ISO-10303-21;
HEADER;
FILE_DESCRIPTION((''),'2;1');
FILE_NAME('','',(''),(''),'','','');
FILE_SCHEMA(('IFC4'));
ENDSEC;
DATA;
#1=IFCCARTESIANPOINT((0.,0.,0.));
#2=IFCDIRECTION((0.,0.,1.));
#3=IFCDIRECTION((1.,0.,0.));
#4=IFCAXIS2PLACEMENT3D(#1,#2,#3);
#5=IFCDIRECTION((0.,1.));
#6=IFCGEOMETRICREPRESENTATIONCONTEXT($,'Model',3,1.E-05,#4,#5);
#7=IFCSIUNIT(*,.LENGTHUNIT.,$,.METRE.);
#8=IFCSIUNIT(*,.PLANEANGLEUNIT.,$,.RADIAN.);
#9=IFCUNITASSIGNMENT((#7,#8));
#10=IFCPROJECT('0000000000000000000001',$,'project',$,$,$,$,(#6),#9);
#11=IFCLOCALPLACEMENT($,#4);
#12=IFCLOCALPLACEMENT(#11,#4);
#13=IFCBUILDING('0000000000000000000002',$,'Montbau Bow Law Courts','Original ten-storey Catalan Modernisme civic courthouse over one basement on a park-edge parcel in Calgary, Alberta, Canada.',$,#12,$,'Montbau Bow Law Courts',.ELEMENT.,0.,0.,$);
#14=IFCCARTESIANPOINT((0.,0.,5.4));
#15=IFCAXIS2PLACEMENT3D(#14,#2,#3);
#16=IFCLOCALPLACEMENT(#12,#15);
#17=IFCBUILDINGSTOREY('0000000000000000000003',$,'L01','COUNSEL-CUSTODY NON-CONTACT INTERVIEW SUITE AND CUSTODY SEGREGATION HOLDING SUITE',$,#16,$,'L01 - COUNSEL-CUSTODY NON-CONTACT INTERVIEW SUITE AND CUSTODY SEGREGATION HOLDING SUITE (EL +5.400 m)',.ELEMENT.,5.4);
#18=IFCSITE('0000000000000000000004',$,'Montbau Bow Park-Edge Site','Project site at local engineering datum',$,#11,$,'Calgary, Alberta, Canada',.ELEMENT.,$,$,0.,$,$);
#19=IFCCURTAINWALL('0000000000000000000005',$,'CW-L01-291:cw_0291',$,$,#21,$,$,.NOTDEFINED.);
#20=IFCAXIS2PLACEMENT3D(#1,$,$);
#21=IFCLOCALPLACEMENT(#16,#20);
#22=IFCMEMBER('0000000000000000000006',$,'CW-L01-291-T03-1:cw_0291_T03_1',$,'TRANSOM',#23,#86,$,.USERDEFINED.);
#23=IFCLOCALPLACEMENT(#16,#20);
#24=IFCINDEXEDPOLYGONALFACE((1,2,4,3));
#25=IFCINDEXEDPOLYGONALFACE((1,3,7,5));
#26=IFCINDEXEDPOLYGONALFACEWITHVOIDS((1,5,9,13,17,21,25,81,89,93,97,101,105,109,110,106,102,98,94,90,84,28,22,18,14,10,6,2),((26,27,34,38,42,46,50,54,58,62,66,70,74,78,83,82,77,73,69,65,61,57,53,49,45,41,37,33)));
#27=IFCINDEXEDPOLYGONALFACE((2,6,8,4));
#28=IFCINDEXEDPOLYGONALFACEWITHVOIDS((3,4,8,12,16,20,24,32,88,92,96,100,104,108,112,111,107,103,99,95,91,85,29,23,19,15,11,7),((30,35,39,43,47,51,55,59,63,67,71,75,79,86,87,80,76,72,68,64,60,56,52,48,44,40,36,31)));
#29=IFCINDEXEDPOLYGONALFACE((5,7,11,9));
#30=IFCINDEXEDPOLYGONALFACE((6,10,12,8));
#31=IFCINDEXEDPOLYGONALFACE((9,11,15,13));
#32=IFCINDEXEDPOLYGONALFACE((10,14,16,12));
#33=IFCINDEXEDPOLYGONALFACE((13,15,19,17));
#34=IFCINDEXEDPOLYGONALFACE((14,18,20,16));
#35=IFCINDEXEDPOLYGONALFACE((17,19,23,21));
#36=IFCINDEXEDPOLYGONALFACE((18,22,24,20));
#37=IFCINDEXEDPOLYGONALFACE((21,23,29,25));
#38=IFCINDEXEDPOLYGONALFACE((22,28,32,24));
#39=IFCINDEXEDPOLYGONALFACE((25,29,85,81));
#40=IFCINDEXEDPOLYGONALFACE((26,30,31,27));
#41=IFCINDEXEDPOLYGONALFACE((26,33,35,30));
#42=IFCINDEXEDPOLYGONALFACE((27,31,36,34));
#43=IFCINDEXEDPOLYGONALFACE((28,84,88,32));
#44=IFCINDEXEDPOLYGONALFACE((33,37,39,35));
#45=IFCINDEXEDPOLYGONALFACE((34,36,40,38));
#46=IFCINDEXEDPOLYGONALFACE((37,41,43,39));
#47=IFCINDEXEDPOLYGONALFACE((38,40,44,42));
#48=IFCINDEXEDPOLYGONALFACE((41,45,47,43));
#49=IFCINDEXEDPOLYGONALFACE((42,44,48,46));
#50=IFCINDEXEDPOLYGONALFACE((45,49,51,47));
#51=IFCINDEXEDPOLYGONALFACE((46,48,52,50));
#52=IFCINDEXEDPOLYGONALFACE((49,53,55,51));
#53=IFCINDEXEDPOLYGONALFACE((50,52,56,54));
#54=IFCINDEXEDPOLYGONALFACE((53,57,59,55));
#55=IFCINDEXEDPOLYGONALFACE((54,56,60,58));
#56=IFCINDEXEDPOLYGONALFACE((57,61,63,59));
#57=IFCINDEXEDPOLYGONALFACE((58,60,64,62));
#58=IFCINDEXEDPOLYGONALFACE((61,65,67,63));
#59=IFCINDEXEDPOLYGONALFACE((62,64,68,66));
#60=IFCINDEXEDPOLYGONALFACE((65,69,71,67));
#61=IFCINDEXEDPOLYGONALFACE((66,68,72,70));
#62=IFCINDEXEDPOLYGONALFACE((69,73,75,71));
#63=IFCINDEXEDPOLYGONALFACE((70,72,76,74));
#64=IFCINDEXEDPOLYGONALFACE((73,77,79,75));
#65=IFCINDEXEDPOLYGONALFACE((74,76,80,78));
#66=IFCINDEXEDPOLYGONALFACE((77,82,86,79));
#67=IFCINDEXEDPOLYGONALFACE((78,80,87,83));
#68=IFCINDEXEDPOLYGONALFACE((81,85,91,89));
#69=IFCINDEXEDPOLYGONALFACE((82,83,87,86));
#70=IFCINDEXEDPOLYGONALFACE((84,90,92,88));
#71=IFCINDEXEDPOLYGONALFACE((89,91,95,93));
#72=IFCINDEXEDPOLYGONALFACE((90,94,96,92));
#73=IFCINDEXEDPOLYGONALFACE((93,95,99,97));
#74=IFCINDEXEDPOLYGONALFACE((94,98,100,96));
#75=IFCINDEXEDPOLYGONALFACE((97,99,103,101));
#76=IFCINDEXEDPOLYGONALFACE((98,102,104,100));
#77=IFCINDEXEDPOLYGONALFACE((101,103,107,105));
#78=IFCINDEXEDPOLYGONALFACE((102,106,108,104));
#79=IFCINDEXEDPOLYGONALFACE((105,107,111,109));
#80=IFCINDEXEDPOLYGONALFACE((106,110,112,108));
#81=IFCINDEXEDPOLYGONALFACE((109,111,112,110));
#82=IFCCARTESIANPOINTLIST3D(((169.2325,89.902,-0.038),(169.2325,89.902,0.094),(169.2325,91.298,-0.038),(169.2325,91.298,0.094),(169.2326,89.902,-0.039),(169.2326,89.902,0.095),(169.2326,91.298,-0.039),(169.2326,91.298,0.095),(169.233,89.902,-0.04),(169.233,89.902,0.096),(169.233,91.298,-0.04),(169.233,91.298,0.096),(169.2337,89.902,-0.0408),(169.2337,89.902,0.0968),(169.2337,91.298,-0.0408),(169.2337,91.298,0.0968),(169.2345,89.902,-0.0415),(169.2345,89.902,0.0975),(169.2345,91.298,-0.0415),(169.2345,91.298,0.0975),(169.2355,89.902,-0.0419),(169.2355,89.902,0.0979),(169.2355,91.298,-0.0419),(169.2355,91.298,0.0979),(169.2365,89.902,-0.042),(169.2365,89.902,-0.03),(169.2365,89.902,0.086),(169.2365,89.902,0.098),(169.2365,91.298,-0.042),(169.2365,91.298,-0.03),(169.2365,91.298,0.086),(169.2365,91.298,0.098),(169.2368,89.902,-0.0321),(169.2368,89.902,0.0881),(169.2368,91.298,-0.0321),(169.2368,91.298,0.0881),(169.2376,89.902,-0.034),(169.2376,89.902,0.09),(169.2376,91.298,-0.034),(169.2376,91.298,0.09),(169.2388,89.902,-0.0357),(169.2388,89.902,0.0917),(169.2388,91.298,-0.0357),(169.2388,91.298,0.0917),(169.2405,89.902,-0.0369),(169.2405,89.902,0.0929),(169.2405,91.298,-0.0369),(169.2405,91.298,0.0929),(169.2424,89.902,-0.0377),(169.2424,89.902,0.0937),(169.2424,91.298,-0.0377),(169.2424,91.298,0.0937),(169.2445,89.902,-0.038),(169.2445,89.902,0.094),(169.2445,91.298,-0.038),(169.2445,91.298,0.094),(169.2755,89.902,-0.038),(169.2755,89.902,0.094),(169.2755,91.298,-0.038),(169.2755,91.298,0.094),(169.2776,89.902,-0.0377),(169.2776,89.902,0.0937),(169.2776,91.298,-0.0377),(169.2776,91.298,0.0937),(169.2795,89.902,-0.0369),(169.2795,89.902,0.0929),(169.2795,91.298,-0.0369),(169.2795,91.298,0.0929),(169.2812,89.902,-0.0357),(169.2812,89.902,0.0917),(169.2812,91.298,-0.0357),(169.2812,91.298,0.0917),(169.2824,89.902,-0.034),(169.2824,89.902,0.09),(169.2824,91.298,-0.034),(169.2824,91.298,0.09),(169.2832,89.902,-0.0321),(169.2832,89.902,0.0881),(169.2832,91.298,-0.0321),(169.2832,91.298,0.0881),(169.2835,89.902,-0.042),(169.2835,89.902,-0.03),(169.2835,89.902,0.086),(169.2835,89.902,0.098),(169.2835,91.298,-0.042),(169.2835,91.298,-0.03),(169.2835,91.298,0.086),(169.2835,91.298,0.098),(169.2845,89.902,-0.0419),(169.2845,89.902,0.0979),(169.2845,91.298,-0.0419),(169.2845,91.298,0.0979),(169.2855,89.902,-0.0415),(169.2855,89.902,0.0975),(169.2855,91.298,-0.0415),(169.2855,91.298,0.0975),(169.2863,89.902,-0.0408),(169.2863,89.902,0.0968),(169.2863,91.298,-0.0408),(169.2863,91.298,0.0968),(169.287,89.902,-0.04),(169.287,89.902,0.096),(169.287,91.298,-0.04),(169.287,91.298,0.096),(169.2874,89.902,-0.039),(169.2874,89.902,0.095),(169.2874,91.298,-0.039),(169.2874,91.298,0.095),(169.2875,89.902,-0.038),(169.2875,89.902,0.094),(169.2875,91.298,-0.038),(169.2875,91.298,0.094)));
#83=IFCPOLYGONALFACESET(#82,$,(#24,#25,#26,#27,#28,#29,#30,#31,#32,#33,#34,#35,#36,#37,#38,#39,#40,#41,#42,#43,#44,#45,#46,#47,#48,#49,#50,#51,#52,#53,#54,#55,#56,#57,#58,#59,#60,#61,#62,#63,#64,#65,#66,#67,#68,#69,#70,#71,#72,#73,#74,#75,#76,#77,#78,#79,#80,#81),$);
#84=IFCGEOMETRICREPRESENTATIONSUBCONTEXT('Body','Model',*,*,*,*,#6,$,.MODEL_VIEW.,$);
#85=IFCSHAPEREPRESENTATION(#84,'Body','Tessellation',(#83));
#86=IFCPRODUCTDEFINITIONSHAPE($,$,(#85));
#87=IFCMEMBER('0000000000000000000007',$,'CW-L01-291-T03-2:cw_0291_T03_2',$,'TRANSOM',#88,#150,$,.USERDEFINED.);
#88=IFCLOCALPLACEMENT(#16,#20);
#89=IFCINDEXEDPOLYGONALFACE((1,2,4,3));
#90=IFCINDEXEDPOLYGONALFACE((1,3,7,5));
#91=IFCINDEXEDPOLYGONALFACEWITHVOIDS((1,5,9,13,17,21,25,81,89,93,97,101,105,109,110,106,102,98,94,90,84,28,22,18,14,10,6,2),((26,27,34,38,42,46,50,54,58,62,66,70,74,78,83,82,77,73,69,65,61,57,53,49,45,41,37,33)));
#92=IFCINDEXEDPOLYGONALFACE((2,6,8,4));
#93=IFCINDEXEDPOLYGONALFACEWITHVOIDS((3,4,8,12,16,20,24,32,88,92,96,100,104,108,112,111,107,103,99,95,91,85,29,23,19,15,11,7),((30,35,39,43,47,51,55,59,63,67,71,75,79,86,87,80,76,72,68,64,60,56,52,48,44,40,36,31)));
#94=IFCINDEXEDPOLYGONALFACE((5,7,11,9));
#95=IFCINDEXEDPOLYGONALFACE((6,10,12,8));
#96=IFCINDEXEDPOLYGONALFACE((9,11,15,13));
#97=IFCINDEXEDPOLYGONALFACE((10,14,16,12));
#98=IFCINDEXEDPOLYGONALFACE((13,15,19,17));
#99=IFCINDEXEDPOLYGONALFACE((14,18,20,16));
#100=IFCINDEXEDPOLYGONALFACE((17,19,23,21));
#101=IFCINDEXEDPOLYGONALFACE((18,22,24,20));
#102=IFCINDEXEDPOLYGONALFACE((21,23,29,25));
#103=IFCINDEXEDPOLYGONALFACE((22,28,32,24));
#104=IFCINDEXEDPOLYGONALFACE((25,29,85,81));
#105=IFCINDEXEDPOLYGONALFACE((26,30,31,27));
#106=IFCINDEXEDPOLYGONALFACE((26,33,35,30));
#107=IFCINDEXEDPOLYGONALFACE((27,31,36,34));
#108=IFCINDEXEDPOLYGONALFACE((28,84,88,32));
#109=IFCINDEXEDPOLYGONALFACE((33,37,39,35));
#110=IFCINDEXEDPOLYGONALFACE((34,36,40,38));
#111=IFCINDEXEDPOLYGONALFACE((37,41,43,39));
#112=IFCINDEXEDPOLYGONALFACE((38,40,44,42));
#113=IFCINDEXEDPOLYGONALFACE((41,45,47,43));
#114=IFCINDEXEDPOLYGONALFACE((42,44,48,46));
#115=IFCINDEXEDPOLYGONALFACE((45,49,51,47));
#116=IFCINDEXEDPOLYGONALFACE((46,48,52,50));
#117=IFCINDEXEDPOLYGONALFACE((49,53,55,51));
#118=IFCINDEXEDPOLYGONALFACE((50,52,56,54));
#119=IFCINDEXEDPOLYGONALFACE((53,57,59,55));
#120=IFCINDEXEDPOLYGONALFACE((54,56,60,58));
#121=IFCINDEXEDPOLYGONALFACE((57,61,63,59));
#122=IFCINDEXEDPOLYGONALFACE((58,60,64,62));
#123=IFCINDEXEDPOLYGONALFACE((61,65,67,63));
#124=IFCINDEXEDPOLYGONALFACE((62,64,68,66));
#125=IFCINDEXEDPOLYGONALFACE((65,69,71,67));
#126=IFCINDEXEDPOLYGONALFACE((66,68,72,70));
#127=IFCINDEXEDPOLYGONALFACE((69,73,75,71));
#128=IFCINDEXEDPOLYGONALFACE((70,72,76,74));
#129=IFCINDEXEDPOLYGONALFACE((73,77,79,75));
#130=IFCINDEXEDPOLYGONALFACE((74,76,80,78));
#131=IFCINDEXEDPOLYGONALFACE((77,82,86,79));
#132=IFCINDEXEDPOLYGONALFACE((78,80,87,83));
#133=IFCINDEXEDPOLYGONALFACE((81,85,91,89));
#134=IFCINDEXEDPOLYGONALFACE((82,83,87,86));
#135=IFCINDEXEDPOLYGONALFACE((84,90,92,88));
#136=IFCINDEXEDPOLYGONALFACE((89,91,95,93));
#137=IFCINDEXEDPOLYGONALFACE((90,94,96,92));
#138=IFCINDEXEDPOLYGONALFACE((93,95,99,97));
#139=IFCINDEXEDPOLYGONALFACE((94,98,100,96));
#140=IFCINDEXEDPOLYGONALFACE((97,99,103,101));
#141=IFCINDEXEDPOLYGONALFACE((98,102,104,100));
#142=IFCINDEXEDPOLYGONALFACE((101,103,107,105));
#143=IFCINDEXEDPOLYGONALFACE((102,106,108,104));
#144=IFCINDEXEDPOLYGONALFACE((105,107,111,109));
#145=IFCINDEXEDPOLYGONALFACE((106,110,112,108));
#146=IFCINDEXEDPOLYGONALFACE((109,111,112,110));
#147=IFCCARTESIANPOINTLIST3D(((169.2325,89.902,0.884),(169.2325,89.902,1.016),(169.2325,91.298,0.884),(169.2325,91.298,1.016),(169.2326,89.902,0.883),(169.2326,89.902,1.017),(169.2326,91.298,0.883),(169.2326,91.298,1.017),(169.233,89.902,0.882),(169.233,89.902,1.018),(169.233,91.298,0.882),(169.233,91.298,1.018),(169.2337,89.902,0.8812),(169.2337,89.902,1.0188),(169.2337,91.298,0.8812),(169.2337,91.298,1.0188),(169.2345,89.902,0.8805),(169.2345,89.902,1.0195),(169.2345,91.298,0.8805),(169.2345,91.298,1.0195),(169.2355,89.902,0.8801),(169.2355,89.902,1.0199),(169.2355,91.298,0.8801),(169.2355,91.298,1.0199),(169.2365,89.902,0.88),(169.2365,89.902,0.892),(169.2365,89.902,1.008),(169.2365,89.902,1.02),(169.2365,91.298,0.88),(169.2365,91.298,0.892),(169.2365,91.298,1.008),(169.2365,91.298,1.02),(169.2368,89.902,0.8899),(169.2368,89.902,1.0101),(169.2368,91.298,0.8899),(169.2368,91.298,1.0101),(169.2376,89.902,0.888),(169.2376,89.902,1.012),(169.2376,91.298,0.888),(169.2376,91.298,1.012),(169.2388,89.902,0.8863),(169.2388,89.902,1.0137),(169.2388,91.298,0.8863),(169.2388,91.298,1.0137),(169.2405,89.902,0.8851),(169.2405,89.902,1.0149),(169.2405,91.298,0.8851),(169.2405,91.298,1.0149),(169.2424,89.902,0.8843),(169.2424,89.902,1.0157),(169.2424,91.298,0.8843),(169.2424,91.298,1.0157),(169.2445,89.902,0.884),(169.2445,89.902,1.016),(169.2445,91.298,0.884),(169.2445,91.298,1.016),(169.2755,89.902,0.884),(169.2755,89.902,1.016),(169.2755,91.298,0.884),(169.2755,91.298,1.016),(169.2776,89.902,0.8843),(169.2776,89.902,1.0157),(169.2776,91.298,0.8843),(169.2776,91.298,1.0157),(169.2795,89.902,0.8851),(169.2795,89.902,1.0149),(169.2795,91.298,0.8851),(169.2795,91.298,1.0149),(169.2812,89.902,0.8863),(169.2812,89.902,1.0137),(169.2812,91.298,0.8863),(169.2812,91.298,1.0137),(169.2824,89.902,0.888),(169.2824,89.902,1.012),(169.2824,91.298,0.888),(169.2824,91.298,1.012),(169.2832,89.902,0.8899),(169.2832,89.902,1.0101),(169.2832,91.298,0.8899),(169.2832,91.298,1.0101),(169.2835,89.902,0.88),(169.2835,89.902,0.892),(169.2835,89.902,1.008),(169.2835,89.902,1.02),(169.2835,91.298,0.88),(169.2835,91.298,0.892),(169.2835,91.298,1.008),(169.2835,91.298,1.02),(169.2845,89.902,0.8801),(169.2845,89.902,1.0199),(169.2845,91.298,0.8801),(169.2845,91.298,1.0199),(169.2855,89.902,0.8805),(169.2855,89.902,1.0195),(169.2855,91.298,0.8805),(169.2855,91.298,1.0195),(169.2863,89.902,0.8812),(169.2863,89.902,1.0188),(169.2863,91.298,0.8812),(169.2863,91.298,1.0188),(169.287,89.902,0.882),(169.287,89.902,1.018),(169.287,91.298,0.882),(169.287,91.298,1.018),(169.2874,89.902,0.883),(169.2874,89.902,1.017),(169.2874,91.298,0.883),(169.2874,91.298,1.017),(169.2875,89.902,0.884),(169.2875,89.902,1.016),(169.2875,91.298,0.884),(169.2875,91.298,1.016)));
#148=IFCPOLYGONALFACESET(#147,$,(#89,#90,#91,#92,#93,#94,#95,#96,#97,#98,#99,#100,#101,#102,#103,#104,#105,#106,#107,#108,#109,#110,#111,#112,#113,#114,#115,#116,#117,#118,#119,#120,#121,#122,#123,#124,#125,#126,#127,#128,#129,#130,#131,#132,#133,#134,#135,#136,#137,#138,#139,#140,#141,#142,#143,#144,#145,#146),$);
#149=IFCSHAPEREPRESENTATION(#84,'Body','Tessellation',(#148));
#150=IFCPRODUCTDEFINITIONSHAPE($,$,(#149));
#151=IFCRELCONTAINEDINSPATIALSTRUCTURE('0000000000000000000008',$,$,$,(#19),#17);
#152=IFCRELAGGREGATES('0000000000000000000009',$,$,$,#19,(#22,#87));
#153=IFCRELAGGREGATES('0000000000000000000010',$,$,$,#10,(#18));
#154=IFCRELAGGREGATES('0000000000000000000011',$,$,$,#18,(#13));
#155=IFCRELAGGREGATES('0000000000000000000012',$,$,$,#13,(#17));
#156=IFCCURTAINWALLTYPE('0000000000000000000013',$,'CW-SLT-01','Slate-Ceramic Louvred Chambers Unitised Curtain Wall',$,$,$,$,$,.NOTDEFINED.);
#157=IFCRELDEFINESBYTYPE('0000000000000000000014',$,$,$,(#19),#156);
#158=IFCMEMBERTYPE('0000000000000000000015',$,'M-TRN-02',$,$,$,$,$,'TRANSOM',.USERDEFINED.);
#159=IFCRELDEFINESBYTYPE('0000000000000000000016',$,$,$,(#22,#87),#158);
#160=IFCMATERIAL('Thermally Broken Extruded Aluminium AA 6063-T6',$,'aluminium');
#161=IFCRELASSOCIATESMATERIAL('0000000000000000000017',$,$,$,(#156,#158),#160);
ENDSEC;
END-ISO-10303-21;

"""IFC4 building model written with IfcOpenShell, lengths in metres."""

from ifc_helpers import new_model, si_unit, direction, frame, origin_with_axes, origin_2d_with_axis, place, context, subcontext, project, spatial, hollow_rectangle, extrude, material, material_profile, profile_set, type_object, element, aggregate, save


model = new_model("IFC4")

# Units and contexts
model_context = context("Model", 3, precision=1e-05, world=origin_with_axes(), true_north=direction((0.0, 1.0)))
body_context = subcontext(model_context, "Body", "Model", "MODEL_VIEW")
ifc_project = project(units=[si_unit("LENGTHUNIT", "METRE"), si_unit("PLANEANGLEUNIT", "RADIAN")], contexts=[model_context])

# Site, building, storey
site_placement = place(None, origin_with_axes())
site = spatial("IfcSite", under=ifc_project, at=site_placement, Name="Montbau Bow Park-Edge Site", Description="Project site at local engineering datum", LongName="Calgary, Alberta, Canada", CompositionType="ELEMENT", RefElevation=0.0)
building_placement = place(site_placement, origin_with_axes())
building = spatial("IfcBuilding", under=site, at=building_placement, Name="Montbau Bow Law Courts", Description="Original ten-storey Catalan Modernisme civic courthouse over one basement on a park-edge parcel in Calgary, Alberta, Canada.", LongName="Montbau Bow Law Courts", CompositionType="ELEMENT", ElevationOfRefHeight=0.0, ElevationOfTerrain=0.0)
storey_placement = place(building_placement, frame((0.0, 0.0, 5.4), z_axis=(0.0, 0.0, 1.0), x_axis=(1.0, 0.0, 0.0)))
storey = spatial("IfcBuildingStorey", under=building, at=storey_placement, Name="L01", Description="COUNSEL-CUSTODY NON-CONTACT INTERVIEW SUITE AND CUSTODY SEGREGATION HOLDING SUITE", LongName="L01 - COUNSEL-CUSTODY NON-CONTACT INTERVIEW SUITE AND CUSTODY SEGREGATION HOLDING SUITE (EL +5.400 m)", CompositionType="ELEMENT", Elevation=5.4)

# Curtain wall
ifc_material_1 = material(Name="Thermally Broken Extruded Aluminium AA 6063-T6", Category="aluminium")
curtain_wall_type = type_object("IfcCurtainWallType", Name="CW-SLT-01", Description="Slate-Ceramic Louvred Chambers Unitised Curtain Wall", PredefinedType="NOTDEFINED", material=ifc_material_1)
curtain_wall_1_placement = place(None, frame((169.26, 86.915, 5.4), z_axis=(0.0, 0.0, 1.0), x_axis=(1.0, 0.0, 0.0)))
curtain_wall_1 = element("IfcCurtainWall", 1, at=curtain_wall_1_placement, inside=storey, type_object=curtain_wall_type, Name="CW-L01-291:cw_0291", PredefinedType="NOTDEFINED")

# Members
ifc_material_profile_1 = material_profile(ifc_material_1, hollow_rectangle(XDim=0.055, YDim=0.14, WallThickness=0.004, InnerFilletRadius=0.008, OuterFilletRadius=0.004, at=origin_2d_with_axis()), Name="CWT-140X55", Category="Main", Priority=0)
ifc_profile_set_1 = profile_set([ifc_material_profile_1], Name="Thermally Broken Extruded Aluminium AA 6063-T6")
member_type_1 = type_object("IfcMemberType", Name="M-TRN-02", ElementType="TRANSOM", PredefinedType="USERDEFINED", material=ifc_profile_set_1)
member_1_placement = place(None, frame((169.26, 89.902, 5.428), z_axis=(0.0, 1.0, 0.0), x_axis=(-1.0, 0.0, 0.0)))
member_1 = element("IfcMember", 2, at=member_1_placement, type_object=member_type_1, Name="CW-L01-291-T03-1:cw_0291_T03_1", ObjectType="TRANSOM", PredefinedType="USERDEFINED", context=body_context, shape_type="SweptSolid", body=[
    extrude(hollow_rectangle(XDim=0.055, YDim=0.14, WallThickness=0.004, InnerFilletRadius=0.008, OuterFilletRadius=0.004, at=origin_2d_with_axis()), origin_with_axes(), (0.0, 0.0, 1.0), 1.396),
])
member_2_placement = place(None, frame((169.26, 89.902, 6.35), z_axis=(0.0, 1.0, 0.0), x_axis=(-1.0, 0.0, 0.0)))
member_2 = element("IfcMember", 3, at=member_2_placement, type_object=member_type_1, Name="CW-L01-291-T03-2:cw_0291_T03_2", ObjectType="TRANSOM", PredefinedType="USERDEFINED", context=body_context, shape_type="SweptSolid", body=[
    extrude(hollow_rectangle(XDim=0.055, YDim=0.14, WallThickness=0.004, InnerFilletRadius=0.008, OuterFilletRadius=0.004, at=origin_2d_with_axis()), origin_with_axes(), (0.0, 0.0, 1.0), 1.396),
])

aggregate(curtain_wall_1, [member_1, member_2])

save(model, "model.ifc")
